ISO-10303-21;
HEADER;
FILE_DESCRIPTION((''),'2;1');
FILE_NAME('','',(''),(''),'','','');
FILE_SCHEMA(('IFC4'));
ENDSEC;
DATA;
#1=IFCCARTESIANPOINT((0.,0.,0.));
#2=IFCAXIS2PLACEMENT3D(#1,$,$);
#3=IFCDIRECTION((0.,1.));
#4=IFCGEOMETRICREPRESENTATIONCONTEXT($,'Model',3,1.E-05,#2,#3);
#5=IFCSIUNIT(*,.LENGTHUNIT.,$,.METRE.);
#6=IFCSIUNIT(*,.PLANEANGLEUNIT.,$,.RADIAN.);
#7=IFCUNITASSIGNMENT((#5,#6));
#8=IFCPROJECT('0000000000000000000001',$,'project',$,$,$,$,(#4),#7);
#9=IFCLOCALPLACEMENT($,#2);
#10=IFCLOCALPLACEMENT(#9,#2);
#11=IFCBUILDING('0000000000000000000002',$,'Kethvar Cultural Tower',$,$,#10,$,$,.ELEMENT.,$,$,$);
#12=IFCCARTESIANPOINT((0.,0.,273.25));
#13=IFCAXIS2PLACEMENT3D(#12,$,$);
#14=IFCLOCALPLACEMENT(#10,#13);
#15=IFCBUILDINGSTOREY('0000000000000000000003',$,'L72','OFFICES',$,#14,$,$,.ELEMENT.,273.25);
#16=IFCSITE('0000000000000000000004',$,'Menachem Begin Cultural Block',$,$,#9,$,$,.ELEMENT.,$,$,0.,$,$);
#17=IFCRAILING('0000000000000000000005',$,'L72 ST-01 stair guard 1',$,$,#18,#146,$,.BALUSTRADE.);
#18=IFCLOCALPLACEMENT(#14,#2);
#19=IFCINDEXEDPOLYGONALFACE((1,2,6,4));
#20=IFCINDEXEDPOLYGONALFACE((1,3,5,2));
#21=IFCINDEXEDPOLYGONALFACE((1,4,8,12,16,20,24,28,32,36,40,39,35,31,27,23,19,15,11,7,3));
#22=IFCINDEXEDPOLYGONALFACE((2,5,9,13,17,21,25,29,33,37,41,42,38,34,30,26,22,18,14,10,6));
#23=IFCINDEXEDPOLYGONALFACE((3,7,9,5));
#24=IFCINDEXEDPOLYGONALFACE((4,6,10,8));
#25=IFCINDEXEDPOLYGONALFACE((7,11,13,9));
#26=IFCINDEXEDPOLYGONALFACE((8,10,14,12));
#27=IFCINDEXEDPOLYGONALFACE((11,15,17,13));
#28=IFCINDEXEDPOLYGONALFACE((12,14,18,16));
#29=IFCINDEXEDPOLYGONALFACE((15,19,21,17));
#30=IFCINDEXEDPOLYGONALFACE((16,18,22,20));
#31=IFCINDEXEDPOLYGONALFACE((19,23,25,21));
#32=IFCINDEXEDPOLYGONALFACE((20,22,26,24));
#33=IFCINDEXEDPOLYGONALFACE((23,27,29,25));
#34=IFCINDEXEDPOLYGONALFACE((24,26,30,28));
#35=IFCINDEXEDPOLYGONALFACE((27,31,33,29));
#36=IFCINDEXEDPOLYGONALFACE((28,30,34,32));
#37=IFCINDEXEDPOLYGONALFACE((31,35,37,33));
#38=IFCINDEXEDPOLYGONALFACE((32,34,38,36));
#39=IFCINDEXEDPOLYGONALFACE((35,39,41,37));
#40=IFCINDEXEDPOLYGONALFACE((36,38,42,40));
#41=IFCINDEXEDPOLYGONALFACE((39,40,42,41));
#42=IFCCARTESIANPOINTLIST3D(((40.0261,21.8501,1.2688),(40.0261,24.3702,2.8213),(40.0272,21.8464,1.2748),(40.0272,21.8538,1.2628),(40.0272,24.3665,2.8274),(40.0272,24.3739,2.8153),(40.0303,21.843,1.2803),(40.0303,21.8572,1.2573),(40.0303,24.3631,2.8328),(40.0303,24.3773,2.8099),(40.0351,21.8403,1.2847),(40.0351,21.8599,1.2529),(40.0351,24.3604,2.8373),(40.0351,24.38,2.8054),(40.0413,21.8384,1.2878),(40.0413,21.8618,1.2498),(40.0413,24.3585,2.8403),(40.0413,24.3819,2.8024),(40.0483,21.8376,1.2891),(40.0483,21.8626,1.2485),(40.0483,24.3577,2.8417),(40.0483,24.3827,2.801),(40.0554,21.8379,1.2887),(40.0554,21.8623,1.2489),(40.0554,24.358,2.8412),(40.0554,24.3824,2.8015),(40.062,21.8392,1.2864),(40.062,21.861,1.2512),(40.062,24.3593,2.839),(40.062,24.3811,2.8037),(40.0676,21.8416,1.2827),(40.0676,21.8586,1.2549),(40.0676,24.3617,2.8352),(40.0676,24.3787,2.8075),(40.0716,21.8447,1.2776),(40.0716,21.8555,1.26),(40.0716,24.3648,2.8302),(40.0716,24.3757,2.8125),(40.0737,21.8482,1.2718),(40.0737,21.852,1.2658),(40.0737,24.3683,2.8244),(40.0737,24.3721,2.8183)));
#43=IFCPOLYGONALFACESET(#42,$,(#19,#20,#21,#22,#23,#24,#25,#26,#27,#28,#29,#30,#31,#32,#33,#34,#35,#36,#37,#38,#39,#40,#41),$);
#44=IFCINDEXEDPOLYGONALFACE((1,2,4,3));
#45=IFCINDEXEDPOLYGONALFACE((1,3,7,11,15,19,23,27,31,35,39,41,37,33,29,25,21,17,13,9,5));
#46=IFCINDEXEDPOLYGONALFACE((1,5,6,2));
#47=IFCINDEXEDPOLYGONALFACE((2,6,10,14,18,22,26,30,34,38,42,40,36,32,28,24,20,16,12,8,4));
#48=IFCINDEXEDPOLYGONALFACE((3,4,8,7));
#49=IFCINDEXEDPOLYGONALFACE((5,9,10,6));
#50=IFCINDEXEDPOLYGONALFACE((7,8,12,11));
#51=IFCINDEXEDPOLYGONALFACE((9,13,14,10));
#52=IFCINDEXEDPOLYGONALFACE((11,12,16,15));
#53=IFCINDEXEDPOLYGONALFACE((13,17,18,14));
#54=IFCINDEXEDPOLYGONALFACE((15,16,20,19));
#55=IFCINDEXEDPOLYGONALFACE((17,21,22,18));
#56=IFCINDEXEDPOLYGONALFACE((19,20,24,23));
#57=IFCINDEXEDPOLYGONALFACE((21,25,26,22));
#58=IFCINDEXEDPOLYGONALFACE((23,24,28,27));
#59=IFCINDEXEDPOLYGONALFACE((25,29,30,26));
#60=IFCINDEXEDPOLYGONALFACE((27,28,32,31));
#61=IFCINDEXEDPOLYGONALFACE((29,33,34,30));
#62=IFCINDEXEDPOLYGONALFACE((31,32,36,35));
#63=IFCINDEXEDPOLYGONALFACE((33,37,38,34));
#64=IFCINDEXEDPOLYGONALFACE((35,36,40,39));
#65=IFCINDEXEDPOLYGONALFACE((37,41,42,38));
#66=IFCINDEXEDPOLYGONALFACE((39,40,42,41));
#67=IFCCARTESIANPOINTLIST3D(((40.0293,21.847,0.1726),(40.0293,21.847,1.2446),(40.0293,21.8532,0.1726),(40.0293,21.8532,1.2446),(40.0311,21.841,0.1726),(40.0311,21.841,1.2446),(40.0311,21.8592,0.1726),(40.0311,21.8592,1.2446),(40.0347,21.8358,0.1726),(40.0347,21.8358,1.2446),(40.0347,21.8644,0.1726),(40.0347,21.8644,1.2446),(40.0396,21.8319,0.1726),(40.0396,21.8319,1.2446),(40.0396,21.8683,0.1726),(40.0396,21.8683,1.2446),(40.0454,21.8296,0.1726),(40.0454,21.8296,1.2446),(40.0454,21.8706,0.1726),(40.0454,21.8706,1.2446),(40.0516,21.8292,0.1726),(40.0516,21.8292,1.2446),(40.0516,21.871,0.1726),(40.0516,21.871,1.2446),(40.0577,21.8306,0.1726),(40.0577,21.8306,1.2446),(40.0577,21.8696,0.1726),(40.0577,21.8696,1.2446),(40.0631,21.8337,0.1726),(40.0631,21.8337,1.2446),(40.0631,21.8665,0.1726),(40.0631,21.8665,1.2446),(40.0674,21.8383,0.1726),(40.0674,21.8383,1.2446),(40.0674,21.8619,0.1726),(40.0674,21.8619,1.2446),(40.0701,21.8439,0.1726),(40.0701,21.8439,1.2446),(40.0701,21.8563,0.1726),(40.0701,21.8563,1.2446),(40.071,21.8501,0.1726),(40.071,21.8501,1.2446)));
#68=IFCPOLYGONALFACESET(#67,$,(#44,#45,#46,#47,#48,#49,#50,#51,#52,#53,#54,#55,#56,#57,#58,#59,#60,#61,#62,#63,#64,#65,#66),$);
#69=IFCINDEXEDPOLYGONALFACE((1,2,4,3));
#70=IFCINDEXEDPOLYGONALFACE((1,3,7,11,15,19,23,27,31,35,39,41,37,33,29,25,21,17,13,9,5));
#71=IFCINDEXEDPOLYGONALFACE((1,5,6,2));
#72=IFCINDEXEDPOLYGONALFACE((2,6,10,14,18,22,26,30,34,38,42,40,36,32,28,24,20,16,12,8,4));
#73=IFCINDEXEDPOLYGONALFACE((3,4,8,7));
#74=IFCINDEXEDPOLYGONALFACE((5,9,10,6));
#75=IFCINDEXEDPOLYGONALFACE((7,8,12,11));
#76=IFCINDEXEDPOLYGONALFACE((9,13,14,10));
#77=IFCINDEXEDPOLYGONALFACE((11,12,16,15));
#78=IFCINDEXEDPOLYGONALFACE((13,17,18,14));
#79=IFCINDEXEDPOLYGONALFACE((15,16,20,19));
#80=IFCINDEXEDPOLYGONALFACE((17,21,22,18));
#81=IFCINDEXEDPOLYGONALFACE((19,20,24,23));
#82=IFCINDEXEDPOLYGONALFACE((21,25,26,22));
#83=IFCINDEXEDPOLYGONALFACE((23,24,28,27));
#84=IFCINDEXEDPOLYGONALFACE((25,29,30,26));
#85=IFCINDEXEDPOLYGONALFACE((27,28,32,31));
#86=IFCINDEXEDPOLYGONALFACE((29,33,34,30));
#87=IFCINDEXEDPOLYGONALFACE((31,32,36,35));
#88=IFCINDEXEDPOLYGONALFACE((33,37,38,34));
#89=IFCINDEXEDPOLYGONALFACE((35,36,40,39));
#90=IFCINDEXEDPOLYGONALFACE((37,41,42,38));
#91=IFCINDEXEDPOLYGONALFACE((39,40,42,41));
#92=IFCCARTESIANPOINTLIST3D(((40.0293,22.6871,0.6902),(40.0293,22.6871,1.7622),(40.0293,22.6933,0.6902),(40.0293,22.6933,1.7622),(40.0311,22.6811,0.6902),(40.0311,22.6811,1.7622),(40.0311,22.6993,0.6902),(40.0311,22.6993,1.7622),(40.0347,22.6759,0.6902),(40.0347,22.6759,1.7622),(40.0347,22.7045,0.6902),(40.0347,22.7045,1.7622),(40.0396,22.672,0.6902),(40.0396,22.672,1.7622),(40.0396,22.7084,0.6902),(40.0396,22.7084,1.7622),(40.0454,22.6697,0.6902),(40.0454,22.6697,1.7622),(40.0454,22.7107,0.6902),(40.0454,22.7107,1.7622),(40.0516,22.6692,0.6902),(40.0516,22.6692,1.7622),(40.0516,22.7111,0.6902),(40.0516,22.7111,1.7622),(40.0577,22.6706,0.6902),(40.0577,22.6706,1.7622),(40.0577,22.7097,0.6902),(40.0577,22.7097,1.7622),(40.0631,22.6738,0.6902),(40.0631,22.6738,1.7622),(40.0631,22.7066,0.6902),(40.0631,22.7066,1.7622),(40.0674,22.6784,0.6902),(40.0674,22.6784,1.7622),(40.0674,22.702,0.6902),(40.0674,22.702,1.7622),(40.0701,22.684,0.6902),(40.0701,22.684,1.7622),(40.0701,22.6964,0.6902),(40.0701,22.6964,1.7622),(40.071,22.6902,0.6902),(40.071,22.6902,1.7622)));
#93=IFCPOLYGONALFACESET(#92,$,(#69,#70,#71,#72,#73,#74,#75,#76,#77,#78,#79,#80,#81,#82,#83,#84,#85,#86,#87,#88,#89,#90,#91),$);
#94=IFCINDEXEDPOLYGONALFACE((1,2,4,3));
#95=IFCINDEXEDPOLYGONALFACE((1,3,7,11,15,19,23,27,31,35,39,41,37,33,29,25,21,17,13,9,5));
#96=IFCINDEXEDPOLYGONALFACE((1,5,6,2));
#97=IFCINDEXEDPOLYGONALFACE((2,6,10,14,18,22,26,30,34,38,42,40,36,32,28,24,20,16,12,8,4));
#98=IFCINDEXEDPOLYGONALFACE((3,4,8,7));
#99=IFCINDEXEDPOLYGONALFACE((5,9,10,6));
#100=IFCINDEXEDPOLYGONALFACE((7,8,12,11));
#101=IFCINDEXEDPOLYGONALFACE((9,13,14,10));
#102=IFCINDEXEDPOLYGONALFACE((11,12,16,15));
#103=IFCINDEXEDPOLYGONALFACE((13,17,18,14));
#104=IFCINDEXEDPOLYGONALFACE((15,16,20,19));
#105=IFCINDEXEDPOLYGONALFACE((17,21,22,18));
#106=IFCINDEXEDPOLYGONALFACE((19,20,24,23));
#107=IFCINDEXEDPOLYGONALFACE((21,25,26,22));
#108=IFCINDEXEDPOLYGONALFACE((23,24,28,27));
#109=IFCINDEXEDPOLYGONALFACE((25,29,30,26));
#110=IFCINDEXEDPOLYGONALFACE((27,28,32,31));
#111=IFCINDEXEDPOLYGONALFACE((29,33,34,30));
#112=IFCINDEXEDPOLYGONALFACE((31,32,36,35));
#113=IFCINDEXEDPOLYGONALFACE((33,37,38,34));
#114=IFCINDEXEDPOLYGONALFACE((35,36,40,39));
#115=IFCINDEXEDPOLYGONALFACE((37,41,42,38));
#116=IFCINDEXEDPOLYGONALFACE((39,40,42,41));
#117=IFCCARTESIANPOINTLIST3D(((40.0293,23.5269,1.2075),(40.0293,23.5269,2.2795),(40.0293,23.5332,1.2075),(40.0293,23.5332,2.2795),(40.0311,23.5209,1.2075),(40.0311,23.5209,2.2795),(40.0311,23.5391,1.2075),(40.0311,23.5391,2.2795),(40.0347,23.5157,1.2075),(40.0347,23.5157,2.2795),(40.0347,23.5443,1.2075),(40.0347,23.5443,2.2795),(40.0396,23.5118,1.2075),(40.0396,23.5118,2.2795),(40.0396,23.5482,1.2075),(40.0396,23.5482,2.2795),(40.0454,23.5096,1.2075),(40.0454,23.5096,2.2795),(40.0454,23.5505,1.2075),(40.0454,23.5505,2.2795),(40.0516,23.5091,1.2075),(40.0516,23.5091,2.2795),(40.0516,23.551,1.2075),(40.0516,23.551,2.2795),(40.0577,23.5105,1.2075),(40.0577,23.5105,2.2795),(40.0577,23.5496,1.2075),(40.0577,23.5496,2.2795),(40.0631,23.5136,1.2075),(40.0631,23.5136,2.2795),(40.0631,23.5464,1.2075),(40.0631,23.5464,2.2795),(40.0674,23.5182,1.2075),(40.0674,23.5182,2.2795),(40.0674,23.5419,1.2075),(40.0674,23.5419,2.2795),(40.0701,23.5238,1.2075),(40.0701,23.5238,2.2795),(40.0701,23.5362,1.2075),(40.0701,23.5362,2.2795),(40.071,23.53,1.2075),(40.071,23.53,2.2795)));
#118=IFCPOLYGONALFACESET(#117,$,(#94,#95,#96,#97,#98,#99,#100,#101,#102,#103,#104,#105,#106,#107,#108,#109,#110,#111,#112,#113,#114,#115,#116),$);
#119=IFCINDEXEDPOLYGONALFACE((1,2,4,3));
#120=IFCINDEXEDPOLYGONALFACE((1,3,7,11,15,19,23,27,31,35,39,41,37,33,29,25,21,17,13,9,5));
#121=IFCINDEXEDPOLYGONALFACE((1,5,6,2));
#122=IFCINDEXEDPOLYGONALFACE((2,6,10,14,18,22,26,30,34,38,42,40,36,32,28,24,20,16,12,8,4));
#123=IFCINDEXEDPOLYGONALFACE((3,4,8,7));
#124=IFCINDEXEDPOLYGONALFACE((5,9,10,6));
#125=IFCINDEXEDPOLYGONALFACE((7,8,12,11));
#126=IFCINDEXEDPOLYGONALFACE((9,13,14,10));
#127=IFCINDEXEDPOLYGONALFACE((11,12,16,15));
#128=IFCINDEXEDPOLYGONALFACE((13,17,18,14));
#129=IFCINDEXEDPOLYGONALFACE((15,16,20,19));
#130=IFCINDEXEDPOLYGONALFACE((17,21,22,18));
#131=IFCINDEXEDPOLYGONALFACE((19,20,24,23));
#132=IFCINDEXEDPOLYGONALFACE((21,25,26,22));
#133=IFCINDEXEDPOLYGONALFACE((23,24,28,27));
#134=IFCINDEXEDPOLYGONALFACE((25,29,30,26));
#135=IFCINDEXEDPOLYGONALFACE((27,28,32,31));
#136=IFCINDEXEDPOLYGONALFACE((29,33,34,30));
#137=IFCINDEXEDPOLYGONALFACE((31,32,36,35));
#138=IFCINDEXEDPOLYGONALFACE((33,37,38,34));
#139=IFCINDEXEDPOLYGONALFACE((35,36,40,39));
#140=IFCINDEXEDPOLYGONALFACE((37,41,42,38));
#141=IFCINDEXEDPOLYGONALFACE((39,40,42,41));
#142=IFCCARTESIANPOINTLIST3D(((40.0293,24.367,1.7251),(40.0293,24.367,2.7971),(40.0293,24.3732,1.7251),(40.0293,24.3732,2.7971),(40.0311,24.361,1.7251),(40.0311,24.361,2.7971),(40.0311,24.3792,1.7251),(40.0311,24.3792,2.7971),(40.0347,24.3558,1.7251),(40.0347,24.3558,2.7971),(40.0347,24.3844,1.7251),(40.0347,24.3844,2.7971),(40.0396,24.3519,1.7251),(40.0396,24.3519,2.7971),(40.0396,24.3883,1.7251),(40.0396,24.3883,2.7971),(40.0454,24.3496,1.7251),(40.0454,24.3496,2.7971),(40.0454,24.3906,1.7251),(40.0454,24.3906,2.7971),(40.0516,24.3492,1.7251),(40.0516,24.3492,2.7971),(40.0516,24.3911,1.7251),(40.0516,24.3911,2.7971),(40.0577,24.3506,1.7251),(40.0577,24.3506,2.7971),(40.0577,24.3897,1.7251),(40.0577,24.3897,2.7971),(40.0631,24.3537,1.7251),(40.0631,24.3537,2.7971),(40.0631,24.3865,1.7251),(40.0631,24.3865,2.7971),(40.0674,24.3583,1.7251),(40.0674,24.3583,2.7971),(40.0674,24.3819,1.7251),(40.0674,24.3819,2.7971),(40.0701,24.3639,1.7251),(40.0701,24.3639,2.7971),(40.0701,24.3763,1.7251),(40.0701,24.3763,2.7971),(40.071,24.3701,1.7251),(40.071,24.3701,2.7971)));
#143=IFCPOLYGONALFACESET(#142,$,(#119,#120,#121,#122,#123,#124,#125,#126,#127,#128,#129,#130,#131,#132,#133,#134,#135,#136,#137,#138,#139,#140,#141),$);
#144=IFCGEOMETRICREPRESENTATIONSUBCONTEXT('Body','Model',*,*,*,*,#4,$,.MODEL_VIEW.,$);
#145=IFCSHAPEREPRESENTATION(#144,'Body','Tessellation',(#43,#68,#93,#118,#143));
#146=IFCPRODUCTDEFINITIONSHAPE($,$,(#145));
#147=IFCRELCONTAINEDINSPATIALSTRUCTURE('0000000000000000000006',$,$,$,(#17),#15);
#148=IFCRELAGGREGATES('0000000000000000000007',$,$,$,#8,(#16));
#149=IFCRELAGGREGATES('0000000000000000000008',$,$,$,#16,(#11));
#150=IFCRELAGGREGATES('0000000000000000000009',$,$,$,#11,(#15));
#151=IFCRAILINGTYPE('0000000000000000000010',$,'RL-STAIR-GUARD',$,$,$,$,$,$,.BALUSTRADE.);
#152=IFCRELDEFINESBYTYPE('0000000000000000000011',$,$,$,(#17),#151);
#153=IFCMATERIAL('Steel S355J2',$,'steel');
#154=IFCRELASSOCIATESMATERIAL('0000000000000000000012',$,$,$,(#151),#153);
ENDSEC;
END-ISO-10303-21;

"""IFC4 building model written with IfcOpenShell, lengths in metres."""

from ifc_helpers import new_model, si_unit, direction, frame, origin, origin_2d, place, context, subcontext, project, spatial, circle, extrude, material, type_object, element, save


model = new_model("IFC4")

# Units and contexts
model_context = context("Model", 3, precision=1e-05, world=origin(), true_north=direction((0.0, 1.0)))
body_context = subcontext(model_context, "Body", "Model", "MODEL_VIEW")
ifc_project = project(units=[si_unit("LENGTHUNIT", "METRE"), si_unit("PLANEANGLEUNIT", "RADIAN")], contexts=[model_context])

# Site, building, storey
site_placement = place(None, origin())
site = spatial("IfcSite", under=ifc_project, at=site_placement, Name="Menachem Begin Cultural Block", CompositionType="ELEMENT", RefElevation=0.0)
building_placement = place(site_placement, origin())
building = spatial("IfcBuilding", under=site, at=building_placement, Name="Kethvar Cultural Tower", CompositionType="ELEMENT")
storey_placement = place(building_placement, frame((0.0, 0.0, 273.25)))
storey = spatial("IfcBuildingStorey", under=building, at=storey_placement, Name="L72", Description="OFFICES", CompositionType="ELEMENT", Elevation=273.25)

# Shared definitions
ifc_material_1 = material(Name="Steel S355J2", Category="steel")

# Railing
railing_type_1 = type_object("IfcRailingType", Name="RL-STAIR-GUARD", PredefinedType="BALUSTRADE", material=ifc_material_1)
railing_1_placement = place(storey_placement, frame((40.05, 21.8501, 0.1726)))
element("IfcRailing", 1, at=railing_1_placement, inside=storey, type_object=railing_type_1, Name="L72 ST-01 stair guard 1", PredefinedType="BALUSTRADE", context=body_context, shape_type="SweptSolid", body=[
    extrude(circle(Radius=0.0239, at=origin_2d()), frame((0.0, 0.0, 1.0962), z_axis=(0.0, 0.8514, 0.524516), x_axis=(-1.0, 0.0, 0.0)), (0.0, 0.0, 1.0), 2.96),
    extrude(circle(Radius=0.021, at=origin_2d()), origin(), (0.0, 0.0, 1.0), 1.072),
    extrude(circle(Radius=0.021, at=origin_2d()), frame((0.0, 0.8401, 0.5176)), (0.0, 0.0, 1.0), 1.072),
    extrude(circle(Radius=0.021, at=origin_2d()), frame((0.0, 1.6799, 1.0349)), (0.0, 0.0, 1.0), 1.072),
    extrude(circle(Radius=0.021, at=origin_2d()), frame((0.0, 2.52, 1.5525)), (0.0, 0.0, 1.0), 1.072),
])

save(model, "model.ifc")
